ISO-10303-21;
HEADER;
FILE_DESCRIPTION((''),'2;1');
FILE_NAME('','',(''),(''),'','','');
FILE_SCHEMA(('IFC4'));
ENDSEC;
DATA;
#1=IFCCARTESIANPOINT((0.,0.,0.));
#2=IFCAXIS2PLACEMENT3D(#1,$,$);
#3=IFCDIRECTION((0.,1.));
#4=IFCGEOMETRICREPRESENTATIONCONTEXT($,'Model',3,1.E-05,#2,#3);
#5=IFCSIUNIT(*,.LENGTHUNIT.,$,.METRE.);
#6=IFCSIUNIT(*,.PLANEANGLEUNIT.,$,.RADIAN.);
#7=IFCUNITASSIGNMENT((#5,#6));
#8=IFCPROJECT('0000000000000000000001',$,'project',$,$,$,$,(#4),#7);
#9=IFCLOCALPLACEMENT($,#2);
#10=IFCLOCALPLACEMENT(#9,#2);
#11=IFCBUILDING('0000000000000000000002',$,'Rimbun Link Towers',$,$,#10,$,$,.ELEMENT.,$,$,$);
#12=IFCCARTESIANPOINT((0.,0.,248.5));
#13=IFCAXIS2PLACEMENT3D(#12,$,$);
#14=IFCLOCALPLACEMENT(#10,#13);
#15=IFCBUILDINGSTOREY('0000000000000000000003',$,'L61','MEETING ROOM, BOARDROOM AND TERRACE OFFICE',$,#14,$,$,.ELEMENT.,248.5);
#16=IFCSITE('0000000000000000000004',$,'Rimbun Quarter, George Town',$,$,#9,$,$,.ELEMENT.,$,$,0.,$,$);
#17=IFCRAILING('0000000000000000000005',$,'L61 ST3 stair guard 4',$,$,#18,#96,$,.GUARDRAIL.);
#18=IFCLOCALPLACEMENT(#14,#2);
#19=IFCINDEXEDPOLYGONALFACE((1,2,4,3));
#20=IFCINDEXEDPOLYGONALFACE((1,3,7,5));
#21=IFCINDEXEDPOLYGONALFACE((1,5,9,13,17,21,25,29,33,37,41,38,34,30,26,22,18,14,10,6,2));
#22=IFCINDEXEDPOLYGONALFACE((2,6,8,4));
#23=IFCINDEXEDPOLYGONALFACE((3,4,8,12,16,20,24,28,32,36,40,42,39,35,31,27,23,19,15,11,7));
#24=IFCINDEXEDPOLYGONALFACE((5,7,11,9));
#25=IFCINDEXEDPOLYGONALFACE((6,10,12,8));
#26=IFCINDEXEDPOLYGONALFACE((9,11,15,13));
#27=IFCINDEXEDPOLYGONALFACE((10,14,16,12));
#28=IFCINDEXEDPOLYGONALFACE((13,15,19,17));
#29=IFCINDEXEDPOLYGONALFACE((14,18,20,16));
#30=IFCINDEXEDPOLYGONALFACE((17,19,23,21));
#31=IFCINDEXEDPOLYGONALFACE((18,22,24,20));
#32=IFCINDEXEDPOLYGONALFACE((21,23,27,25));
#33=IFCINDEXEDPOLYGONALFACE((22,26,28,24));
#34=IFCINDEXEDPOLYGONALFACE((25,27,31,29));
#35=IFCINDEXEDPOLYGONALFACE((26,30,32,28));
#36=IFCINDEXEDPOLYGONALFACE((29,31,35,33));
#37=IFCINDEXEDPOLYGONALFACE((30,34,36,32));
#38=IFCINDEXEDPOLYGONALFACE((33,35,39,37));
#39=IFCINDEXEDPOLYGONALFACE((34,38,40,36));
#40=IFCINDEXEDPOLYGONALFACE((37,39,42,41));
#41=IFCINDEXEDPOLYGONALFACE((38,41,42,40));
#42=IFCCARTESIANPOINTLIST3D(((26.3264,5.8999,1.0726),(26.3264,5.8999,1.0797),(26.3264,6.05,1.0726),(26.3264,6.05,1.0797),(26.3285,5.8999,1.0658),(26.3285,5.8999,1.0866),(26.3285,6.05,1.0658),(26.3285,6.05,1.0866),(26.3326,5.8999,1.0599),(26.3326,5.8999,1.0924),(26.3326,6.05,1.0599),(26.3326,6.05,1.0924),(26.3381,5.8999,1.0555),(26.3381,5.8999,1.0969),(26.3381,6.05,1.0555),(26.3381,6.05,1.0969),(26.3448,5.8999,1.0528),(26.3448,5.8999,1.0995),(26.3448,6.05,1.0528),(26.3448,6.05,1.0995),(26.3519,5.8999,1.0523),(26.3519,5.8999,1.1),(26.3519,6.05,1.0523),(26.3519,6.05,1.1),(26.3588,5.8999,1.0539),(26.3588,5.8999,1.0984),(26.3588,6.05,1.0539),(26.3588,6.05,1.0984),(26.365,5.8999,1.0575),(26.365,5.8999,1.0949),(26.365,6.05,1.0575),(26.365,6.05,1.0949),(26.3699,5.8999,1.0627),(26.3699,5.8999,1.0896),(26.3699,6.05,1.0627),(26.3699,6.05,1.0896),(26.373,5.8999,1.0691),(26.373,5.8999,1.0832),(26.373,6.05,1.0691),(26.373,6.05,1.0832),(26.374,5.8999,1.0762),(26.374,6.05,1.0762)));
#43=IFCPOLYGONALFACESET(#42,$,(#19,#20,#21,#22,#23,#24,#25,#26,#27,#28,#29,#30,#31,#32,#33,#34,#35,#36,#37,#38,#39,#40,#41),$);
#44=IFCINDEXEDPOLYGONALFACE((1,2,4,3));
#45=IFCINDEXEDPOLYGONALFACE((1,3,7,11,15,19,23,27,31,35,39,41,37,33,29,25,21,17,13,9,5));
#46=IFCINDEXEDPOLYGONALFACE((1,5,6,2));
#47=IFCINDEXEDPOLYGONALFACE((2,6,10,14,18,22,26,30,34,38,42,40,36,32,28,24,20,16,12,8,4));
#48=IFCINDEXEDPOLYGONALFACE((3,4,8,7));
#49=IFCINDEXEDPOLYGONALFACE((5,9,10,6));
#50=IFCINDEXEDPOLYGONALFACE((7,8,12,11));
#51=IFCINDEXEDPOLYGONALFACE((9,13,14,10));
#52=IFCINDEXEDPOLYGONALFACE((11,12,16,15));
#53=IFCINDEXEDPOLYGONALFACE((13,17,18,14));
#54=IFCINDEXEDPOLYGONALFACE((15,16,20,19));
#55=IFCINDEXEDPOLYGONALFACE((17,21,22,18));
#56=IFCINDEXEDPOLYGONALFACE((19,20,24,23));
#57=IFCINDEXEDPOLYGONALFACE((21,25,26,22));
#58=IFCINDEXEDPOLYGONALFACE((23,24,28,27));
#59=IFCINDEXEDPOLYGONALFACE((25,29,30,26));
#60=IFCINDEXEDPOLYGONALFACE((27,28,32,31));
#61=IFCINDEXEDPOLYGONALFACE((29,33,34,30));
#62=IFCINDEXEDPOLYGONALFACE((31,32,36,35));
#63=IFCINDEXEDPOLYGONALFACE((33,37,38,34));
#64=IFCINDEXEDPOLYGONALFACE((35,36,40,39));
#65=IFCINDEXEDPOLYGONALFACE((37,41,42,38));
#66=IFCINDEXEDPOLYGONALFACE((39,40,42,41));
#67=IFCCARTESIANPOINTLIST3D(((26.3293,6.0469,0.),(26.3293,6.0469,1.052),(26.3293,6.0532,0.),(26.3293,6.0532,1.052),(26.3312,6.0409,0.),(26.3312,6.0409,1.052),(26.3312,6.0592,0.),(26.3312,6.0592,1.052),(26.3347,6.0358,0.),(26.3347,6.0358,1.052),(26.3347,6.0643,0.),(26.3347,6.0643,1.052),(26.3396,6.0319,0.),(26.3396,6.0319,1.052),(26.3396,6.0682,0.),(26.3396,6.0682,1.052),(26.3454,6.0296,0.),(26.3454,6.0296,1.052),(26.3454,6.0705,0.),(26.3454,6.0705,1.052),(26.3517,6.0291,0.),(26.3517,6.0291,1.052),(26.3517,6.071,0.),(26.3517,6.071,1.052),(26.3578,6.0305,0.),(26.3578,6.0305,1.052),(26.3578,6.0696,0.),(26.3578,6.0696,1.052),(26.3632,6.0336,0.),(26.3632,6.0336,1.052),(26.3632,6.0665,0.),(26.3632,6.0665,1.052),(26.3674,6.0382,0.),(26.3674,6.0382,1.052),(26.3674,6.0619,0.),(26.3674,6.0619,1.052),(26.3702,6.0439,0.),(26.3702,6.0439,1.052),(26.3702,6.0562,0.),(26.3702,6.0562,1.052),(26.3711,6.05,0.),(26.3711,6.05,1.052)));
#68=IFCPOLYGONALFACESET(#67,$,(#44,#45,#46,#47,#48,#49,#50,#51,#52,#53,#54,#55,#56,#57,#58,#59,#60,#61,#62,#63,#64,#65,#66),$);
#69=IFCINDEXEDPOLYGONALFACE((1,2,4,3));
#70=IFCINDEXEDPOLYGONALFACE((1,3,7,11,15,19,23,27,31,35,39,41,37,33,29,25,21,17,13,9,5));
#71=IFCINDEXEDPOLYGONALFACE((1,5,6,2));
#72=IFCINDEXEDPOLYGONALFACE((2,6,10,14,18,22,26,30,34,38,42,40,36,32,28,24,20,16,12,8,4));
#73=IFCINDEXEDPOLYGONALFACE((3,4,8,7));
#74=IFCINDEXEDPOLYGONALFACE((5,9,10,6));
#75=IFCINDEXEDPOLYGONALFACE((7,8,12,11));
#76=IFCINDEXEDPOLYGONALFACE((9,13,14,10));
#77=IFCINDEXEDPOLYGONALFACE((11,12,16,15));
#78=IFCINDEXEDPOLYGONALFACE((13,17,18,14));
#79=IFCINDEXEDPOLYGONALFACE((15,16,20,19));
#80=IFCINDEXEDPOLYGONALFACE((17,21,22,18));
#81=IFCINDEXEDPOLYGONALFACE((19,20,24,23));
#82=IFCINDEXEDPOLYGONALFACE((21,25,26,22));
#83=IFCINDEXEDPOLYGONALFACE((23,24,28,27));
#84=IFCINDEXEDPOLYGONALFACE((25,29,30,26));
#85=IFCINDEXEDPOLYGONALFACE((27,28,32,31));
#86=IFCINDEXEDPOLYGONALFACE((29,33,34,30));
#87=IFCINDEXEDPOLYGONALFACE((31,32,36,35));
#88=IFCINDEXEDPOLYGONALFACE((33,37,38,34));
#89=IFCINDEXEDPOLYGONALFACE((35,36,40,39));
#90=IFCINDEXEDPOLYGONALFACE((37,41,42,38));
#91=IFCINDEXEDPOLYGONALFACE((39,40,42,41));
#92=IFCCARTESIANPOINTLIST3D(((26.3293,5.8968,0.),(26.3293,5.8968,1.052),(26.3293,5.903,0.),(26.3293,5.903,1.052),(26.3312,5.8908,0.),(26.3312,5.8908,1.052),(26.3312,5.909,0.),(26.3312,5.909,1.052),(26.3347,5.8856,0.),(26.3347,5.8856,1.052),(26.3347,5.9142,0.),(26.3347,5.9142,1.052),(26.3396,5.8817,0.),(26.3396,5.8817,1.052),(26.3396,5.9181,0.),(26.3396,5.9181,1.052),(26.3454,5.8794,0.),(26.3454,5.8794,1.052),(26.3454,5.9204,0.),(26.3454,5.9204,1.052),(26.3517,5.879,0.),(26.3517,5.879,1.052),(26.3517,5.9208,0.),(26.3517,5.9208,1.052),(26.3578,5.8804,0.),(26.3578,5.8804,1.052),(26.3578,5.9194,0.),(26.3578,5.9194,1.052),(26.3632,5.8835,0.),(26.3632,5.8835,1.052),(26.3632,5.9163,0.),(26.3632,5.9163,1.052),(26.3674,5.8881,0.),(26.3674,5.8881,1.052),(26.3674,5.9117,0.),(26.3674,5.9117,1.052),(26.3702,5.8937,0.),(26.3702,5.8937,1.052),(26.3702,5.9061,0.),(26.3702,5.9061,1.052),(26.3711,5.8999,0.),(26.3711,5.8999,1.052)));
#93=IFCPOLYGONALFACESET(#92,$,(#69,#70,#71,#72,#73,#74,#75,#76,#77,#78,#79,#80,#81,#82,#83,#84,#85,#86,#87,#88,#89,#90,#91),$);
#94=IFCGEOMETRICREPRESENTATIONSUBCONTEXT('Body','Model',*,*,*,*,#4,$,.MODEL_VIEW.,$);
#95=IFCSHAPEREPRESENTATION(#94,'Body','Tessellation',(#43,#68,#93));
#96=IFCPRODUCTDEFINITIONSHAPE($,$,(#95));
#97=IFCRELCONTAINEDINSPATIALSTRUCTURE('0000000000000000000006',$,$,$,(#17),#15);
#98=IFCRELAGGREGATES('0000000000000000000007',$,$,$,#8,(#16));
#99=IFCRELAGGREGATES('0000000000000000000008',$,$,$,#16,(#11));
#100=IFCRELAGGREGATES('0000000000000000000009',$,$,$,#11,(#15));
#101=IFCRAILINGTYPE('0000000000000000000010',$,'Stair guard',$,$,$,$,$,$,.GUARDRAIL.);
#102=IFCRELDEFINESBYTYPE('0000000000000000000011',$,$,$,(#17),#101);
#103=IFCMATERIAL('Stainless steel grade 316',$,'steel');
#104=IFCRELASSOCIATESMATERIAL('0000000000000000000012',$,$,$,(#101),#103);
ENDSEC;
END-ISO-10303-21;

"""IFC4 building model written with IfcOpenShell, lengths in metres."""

from ifc_helpers import new_model, si_unit, direction, frame, origin, origin_2d, place, context, subcontext, project, spatial, circle, extrude, material, type_object, element, save


model = new_model("IFC4")

# Units and contexts
model_context = context("Model", 3, precision=1e-05, world=origin(), true_north=direction((0.0, 1.0)))
body_context = subcontext(model_context, "Body", "Model", "MODEL_VIEW")
ifc_project = project(units=[si_unit("LENGTHUNIT", "METRE"), si_unit("PLANEANGLEUNIT", "RADIAN")], contexts=[model_context])

# Site, building, storey
site_placement = place(None, origin())
site = spatial("IfcSite", under=ifc_project, at=site_placement, Name="Rimbun Quarter, George Town", CompositionType="ELEMENT", RefElevation=0.0)
building_placement = place(site_placement, origin())
building = spatial("IfcBuilding", under=site, at=building_placement, Name="Rimbun Link Towers", CompositionType="ELEMENT")
storey_placement = place(building_placement, frame((0.0, 0.0, 248.5)))
storey = spatial("IfcBuildingStorey", under=building, at=storey_placement, Name="L61", Description="MEETING ROOM, BOARDROOM AND TERRACE OFFICE", CompositionType="ELEMENT", Elevation=248.5)

# Railing
ifc_material_1 = material(Name="Stainless steel grade 316", Category="steel")
railing_type_1 = type_object("IfcRailingType", Name="Stair guard", PredefinedType="GUARDRAIL", material=ifc_material_1)
railing_1_placement = place(storey_placement, frame((26.3501, 6.05, 0.0)))
element("IfcRailing", 1, at=railing_1_placement, inside=storey, type_object=railing_type_1, Name="L61 ST3 stair guard 4", PredefinedType="GUARDRAIL", context=body_context, shape_type="SweptSolid", body=[
    extrude(circle(Radius=0.0239, at=origin_2d()), frame((0.0, 0.0, 1.0762), z_axis=(0.0, -1.0, 0.0), x_axis=(1.0, 0.0, 0.0)), (0.0, 0.0, 1.0), 0.1501),
    extrude(circle(Radius=0.021, at=origin_2d()), origin(), (0.0, 0.0, 1.0), 1.052),
    extrude(circle(Radius=0.021, at=origin_2d()), frame((0.0, -0.1501, 0.0)), (0.0, 0.0, 1.0), 1.052),
])

save(model, "model.ifc")
